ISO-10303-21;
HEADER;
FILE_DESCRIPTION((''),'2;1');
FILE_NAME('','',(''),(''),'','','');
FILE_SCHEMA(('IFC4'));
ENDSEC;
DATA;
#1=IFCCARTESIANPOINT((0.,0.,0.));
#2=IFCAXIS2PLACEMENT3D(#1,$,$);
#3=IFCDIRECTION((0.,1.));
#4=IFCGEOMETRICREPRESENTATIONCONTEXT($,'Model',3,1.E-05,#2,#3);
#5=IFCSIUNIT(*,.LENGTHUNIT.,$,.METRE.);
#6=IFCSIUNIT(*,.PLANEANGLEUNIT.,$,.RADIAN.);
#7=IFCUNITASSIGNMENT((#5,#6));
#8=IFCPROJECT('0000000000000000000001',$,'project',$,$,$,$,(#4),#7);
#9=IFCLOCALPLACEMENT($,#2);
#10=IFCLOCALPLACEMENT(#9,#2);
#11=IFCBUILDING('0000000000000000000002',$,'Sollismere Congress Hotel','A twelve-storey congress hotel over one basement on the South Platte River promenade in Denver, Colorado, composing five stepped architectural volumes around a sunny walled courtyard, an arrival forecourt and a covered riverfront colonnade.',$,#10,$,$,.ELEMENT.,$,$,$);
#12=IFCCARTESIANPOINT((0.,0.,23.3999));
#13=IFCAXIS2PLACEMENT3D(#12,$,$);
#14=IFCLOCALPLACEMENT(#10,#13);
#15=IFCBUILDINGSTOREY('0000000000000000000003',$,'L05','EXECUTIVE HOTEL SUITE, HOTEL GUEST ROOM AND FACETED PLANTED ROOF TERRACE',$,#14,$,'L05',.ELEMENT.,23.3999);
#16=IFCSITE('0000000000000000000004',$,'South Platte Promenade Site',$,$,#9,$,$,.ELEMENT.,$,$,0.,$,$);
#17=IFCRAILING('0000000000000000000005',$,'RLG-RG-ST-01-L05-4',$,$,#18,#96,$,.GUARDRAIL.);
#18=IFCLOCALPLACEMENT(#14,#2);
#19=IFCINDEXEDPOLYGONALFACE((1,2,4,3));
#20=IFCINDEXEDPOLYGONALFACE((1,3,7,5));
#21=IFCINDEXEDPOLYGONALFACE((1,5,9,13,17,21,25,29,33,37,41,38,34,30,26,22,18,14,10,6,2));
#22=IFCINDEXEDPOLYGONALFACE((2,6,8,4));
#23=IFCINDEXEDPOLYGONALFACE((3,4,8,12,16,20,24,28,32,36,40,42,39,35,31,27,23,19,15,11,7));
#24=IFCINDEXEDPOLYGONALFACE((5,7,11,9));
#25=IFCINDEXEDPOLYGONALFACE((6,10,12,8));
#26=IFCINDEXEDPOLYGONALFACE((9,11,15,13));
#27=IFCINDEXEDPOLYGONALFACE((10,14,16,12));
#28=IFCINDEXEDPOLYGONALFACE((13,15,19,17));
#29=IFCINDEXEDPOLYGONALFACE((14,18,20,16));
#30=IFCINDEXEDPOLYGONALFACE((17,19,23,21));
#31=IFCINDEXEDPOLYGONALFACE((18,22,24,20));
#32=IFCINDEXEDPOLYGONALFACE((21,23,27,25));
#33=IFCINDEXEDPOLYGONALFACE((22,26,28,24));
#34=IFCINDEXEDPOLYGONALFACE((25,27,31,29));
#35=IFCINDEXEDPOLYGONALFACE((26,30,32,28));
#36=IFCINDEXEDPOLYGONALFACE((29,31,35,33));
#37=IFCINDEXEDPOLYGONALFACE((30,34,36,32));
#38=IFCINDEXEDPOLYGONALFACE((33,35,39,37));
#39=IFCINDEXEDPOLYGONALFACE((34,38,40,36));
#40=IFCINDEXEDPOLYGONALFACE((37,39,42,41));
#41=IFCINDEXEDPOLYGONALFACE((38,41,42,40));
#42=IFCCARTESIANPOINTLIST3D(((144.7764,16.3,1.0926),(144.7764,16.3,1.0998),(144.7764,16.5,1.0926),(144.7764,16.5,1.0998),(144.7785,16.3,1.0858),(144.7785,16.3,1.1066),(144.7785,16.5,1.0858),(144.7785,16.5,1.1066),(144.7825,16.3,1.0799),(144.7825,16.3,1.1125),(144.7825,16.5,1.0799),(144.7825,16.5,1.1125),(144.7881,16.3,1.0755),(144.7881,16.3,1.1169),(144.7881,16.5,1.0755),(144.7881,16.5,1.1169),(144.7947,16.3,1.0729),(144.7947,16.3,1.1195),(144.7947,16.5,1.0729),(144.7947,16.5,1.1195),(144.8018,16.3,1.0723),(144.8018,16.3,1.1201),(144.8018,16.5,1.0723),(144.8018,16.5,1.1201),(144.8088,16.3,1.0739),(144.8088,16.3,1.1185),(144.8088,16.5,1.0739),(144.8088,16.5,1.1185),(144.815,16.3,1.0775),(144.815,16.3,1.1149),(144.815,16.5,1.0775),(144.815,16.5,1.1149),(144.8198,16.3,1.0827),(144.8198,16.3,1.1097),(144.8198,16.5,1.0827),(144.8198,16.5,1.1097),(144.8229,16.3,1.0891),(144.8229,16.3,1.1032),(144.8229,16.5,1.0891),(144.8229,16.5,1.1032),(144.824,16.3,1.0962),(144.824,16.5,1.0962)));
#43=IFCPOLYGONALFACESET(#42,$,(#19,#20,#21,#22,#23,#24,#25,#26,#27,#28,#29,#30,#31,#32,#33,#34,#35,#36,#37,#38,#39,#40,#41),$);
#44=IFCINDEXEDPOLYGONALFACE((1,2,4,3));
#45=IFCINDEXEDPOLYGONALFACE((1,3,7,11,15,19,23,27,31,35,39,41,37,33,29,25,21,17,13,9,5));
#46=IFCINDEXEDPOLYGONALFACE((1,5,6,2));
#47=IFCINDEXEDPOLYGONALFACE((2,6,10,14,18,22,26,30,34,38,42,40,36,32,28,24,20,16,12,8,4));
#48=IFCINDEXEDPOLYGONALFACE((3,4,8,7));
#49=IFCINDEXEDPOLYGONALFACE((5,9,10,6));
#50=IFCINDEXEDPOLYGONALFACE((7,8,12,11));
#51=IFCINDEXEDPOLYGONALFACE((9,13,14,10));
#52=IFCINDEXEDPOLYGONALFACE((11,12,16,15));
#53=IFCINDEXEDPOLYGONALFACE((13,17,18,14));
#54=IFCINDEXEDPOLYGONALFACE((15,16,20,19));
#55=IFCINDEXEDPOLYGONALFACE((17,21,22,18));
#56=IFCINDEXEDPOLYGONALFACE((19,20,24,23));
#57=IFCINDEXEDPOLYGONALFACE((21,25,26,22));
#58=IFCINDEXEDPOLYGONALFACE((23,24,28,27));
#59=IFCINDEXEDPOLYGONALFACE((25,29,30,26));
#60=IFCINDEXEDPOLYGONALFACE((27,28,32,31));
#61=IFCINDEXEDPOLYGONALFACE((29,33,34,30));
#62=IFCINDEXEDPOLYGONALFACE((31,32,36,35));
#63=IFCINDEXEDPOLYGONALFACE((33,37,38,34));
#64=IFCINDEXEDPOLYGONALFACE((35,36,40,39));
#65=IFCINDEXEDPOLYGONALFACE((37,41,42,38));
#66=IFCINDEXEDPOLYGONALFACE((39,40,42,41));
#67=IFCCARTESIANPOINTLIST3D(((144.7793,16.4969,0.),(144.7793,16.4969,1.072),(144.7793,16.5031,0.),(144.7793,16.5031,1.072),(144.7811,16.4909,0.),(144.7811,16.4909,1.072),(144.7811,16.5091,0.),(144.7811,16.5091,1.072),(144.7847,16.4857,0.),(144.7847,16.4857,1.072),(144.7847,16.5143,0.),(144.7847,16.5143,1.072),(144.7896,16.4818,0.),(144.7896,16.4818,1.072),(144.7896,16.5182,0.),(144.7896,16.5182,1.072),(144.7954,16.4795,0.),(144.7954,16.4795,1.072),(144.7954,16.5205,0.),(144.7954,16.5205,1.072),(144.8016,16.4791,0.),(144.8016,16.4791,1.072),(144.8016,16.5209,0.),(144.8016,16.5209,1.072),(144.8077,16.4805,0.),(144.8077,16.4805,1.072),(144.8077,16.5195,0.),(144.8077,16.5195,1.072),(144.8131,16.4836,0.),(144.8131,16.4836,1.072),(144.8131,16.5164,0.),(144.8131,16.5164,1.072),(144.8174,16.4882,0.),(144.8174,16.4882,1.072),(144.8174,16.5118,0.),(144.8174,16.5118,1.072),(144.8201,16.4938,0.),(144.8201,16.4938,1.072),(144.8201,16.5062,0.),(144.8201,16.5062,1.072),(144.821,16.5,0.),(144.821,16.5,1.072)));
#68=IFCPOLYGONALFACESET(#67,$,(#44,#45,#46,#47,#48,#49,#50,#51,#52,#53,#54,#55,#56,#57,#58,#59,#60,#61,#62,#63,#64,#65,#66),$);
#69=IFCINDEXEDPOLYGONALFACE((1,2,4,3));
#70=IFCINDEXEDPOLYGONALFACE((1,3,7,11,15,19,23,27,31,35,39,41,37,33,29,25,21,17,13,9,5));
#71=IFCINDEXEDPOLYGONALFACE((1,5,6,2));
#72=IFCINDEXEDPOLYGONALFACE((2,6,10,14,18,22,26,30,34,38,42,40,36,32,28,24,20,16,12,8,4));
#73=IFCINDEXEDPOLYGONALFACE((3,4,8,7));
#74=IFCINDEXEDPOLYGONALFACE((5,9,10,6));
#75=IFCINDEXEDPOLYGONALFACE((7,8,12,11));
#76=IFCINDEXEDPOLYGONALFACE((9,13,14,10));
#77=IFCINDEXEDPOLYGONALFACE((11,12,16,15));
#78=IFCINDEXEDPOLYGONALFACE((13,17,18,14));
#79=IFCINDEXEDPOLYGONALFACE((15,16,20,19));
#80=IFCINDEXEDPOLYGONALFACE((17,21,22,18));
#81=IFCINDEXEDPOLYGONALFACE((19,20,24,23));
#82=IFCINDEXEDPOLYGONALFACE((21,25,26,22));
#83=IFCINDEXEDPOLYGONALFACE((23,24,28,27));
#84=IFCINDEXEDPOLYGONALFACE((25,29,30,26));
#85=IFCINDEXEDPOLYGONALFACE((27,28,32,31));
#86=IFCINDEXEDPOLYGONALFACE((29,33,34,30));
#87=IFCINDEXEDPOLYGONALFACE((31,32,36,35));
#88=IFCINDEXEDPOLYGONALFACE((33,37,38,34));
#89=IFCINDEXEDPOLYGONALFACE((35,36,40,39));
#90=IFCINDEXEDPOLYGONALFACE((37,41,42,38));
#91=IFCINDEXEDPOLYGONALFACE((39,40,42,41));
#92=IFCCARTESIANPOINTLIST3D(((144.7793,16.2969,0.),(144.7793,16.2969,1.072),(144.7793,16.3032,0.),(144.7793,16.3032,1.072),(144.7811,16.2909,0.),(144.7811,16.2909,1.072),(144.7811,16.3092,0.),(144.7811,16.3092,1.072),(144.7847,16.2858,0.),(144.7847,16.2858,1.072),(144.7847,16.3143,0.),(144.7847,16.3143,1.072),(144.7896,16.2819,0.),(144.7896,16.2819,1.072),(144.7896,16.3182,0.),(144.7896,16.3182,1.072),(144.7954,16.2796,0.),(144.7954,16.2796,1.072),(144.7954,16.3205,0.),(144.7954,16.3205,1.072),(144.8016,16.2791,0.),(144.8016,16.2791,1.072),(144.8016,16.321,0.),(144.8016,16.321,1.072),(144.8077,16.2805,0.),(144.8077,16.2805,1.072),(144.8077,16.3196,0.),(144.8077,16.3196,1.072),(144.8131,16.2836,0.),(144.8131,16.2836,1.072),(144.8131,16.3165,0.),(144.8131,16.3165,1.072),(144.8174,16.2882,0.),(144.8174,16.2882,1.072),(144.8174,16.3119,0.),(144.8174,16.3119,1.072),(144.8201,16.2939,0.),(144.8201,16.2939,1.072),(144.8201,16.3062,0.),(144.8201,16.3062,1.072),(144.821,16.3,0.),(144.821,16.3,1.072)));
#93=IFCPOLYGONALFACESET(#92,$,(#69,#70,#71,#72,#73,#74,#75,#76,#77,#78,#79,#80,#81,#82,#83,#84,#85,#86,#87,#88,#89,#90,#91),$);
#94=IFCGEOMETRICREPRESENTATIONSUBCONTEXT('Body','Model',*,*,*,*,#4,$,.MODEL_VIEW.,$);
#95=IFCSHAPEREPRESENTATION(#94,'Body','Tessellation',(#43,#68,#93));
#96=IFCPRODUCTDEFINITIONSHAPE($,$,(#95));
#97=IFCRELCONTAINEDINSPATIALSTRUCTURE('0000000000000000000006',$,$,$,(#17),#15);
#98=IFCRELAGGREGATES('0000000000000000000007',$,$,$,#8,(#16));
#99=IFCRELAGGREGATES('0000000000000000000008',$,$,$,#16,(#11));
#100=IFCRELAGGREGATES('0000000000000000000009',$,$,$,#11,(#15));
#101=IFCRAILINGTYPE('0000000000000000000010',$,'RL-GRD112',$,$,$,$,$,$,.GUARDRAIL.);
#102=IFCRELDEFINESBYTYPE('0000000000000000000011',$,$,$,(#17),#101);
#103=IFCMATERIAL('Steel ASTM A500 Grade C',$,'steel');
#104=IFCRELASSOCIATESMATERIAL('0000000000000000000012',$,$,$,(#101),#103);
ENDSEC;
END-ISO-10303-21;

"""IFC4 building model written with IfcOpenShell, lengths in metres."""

from ifc_helpers import new_model, si_unit, direction, frame, origin, origin_2d, place, context, subcontext, project, spatial, circle, extrude, material, type_object, element, save


model = new_model("IFC4")

# Units and contexts
model_context = context("Model", 3, precision=1e-05, world=origin(), true_north=direction((0.0, 1.0)))
body_context = subcontext(model_context, "Body", "Model", "MODEL_VIEW")
ifc_project = project(units=[si_unit("LENGTHUNIT", "METRE"), si_unit("PLANEANGLEUNIT", "RADIAN")], contexts=[model_context])

# Site, building, storey
site_placement = place(None, origin())
site = spatial("IfcSite", under=ifc_project, at=site_placement, Name="South Platte Promenade Site", CompositionType="ELEMENT", RefElevation=0.0)
building_placement = place(site_placement, origin())
building = spatial("IfcBuilding", under=site, at=building_placement, Name="Sollismere Congress Hotel", Description="A twelve-storey congress hotel over one basement on the South Platte River promenade in Denver, Colorado, composing five stepped architectural volumes around a sunny walled courtyard, an arrival forecourt and a covered riverfront colonnade.", CompositionType="ELEMENT")
storey_placement = place(building_placement, frame((0.0, 0.0, 23.3999)))
storey = spatial("IfcBuildingStorey", under=building, at=storey_placement, Name="L05", Description="EXECUTIVE HOTEL SUITE, HOTEL GUEST ROOM AND FACETED PLANTED ROOF TERRACE", LongName="L05", CompositionType="ELEMENT", Elevation=23.3999)

# Railing
ifc_material_1 = material(Name="Steel ASTM A500 Grade C", Category="steel")
railing_type = type_object("IfcRailingType", Name="RL-GRD112", PredefinedType="GUARDRAIL", material=ifc_material_1)
railing_placement = place(storey_placement, frame((144.8, 16.5, 0.0)))
element("IfcRailing", 1, at=railing_placement, inside=storey, type_object=railing_type, Name="RLG-RG-ST-01-L05-4", PredefinedType="GUARDRAIL", context=body_context, shape_type="SweptSolid", body=[
    extrude(circle(Radius=0.0239, at=origin_2d()), frame((0.0, 0.0, 1.0962), z_axis=(0.0, -1.0, 0.0), x_axis=(1.0, 0.0, 0.0)), (0.0, 0.0, 1.0), 0.2),
    extrude(circle(Radius=0.021, at=origin_2d()), origin(), (0.0, 0.0, 1.0), 1.072),
    extrude(circle(Radius=0.021, at=origin_2d()), frame((0.0, -0.2, 0.0)), (0.0, 0.0, 1.0), 1.072),
])

save(model, "model.ifc")
